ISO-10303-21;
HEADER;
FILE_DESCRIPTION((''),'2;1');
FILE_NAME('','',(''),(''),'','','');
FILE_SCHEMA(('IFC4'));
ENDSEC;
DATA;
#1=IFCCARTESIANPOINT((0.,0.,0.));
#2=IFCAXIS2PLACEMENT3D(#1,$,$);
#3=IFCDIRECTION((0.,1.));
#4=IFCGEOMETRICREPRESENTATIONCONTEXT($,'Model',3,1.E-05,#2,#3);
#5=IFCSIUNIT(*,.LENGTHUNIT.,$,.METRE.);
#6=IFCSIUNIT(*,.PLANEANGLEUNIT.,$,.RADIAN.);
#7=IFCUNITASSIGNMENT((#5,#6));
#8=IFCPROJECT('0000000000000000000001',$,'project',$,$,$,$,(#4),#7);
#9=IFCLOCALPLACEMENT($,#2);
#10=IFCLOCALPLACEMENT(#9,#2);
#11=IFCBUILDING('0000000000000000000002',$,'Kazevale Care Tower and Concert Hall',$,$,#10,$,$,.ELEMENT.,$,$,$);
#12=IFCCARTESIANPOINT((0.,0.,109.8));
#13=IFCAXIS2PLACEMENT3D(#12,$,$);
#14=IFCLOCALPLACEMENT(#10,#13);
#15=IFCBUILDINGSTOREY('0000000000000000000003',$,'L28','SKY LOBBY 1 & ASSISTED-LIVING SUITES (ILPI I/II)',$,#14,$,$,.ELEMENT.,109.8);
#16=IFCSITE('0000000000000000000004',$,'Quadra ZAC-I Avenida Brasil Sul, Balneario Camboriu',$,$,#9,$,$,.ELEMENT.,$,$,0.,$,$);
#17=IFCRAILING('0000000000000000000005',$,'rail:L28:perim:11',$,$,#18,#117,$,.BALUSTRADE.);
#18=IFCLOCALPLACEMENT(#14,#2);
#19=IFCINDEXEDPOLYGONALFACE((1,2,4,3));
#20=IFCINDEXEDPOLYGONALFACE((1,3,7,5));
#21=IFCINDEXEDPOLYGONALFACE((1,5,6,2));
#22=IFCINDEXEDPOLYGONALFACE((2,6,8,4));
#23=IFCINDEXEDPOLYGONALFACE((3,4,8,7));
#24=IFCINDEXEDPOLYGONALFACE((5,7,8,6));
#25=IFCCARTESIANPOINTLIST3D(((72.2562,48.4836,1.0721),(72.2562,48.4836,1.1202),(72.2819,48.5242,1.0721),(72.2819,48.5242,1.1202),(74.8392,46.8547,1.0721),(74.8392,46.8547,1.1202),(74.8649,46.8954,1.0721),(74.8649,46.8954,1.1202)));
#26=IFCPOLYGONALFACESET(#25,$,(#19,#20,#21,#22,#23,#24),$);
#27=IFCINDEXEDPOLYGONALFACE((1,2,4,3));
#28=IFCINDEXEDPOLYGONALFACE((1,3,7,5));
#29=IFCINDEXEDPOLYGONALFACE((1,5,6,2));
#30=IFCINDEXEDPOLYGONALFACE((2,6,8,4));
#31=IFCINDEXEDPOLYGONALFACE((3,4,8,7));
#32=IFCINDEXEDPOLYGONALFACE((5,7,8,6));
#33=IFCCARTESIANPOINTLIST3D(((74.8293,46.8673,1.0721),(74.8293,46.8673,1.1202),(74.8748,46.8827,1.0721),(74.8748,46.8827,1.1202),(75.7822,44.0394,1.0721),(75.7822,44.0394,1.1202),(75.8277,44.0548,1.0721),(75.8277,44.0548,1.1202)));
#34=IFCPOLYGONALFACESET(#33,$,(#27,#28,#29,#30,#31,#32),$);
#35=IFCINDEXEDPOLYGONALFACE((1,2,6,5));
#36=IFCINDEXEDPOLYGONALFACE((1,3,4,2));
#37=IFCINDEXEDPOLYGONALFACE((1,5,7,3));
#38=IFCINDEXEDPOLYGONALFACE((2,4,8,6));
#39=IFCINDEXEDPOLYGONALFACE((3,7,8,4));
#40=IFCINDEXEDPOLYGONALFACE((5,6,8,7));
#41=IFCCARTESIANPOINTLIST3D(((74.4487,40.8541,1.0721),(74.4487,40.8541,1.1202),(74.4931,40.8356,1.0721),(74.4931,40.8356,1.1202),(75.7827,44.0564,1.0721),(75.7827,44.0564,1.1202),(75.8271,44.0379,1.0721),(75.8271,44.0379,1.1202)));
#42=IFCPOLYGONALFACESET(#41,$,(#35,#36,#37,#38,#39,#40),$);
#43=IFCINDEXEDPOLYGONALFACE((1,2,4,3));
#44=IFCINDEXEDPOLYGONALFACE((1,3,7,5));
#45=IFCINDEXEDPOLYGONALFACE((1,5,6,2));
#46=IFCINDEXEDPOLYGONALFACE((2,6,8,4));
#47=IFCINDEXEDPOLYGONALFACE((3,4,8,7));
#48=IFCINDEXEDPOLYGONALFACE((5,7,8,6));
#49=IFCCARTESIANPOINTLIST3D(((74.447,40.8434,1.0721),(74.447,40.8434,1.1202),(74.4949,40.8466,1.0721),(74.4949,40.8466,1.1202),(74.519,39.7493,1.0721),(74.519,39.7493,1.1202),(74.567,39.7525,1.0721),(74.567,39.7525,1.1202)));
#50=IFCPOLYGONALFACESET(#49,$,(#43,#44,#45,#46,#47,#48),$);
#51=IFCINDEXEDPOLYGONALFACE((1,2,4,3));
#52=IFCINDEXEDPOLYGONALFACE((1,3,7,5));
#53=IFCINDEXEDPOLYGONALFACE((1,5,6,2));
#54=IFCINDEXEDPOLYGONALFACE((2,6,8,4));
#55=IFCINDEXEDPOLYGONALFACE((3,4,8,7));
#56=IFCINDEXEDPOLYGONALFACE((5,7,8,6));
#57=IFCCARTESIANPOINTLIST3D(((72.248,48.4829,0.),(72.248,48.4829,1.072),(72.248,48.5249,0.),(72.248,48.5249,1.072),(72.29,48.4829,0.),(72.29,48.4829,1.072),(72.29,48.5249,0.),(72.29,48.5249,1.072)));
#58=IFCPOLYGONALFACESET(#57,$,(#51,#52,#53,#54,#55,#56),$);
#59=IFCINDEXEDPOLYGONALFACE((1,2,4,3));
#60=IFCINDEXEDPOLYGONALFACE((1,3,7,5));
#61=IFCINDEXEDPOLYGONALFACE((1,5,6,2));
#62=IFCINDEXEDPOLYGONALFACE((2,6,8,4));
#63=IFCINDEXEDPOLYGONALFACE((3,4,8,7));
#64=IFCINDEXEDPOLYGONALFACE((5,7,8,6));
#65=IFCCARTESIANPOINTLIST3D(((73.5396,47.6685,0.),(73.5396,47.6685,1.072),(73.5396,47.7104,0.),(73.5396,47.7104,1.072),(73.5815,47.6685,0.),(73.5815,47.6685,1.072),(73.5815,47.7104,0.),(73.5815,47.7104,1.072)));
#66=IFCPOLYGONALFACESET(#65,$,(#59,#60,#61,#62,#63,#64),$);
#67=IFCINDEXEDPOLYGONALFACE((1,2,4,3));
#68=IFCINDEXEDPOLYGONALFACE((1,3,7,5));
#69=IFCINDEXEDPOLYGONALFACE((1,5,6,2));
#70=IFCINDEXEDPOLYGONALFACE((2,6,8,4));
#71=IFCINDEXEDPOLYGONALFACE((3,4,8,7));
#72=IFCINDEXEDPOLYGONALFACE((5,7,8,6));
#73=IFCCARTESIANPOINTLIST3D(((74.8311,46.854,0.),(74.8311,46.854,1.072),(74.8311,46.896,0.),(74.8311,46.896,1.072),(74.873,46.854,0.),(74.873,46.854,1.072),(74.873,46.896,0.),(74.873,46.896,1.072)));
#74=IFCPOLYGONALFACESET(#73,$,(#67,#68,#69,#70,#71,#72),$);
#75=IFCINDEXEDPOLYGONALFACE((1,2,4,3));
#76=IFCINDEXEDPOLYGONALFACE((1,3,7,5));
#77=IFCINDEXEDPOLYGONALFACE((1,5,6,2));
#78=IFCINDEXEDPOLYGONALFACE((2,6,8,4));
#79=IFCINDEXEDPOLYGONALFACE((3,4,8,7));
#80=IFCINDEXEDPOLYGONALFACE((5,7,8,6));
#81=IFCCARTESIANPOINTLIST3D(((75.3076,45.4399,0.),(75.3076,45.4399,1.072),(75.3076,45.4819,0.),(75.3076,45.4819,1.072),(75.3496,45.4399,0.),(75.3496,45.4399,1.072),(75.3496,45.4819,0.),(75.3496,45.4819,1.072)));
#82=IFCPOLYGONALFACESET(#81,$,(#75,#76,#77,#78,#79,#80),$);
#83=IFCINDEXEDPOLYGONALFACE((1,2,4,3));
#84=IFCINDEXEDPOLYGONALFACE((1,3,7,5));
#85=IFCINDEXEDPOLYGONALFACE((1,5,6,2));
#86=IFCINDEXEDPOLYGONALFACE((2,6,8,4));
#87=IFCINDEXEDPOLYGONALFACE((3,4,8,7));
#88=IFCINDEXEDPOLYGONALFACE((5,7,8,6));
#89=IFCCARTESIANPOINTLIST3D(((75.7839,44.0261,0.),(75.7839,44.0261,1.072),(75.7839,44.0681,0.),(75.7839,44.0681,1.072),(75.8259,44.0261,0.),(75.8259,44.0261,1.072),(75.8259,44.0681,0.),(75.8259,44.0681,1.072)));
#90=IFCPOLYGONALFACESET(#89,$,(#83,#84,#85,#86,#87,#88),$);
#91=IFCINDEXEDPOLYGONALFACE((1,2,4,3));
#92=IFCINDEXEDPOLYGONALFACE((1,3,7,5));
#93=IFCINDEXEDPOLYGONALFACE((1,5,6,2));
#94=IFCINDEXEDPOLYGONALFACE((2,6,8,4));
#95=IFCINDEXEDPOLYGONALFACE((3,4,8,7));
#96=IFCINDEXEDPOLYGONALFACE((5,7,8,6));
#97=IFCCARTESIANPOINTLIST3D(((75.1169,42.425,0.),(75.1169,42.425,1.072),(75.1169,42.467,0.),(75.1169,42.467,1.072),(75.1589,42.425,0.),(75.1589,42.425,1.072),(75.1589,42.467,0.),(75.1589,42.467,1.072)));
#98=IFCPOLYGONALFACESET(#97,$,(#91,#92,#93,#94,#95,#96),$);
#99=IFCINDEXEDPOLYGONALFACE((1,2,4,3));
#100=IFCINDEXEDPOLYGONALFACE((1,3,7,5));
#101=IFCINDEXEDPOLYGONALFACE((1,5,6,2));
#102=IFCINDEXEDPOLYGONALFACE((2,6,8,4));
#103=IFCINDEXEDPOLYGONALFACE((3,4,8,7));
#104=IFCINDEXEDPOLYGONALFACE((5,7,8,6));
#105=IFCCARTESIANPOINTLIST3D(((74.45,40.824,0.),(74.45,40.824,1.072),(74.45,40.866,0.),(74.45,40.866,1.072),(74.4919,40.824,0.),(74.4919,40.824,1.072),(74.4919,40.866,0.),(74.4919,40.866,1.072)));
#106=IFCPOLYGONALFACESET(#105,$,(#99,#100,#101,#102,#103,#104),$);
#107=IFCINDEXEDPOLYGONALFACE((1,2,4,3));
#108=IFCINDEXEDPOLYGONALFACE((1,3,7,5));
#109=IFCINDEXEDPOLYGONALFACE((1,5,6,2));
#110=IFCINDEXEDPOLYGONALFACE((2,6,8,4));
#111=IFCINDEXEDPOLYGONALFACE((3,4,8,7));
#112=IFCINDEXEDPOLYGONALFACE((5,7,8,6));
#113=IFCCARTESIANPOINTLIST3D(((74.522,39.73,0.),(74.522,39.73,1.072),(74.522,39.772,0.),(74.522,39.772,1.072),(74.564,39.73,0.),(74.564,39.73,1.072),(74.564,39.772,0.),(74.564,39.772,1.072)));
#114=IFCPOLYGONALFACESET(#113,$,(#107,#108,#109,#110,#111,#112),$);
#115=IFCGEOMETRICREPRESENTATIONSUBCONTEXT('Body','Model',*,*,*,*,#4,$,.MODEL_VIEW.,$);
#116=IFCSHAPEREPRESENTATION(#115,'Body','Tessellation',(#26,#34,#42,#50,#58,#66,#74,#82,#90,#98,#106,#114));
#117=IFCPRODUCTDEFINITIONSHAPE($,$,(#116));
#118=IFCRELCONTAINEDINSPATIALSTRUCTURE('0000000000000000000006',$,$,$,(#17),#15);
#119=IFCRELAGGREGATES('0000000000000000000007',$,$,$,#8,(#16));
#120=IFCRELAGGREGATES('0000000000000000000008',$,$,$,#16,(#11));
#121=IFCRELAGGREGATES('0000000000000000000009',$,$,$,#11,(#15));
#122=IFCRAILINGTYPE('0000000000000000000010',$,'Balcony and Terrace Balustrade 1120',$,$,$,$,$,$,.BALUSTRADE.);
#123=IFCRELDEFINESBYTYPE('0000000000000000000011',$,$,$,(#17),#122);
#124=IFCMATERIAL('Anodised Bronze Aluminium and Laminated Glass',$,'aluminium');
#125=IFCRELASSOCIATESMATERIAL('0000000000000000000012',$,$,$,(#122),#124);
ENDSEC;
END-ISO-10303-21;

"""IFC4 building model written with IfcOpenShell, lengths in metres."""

from ifc_helpers import new_model, si_unit, direction, frame, origin, origin_2d, place, context, subcontext, project, spatial, rectangle, extrude, material, type_object, element, save


model = new_model("IFC4")

# Units and contexts
model_context = context("Model", 3, precision=1e-05, world=origin(), true_north=direction((0.0, 1.0)))
body_context = subcontext(model_context, "Body", "Model", "MODEL_VIEW")
ifc_project = project(units=[si_unit("LENGTHUNIT", "METRE"), si_unit("PLANEANGLEUNIT", "RADIAN")], contexts=[model_context])

# Site, building, storey
site_placement = place(None, origin())
site = spatial("IfcSite", under=ifc_project, at=site_placement, Name="Quadra ZAC-I Avenida Brasil Sul, Balneario Camboriu", CompositionType="ELEMENT", RefElevation=0.0)
building_placement = place(site_placement, origin())
building = spatial("IfcBuilding", under=site, at=building_placement, Name="Kazevale Care Tower and Concert Hall", CompositionType="ELEMENT")
storey_placement = place(building_placement, frame((0.0, 0.0, 109.8)))
storey = spatial("IfcBuildingStorey", under=building, at=storey_placement, Name="L28", Description="SKY LOBBY 1 & ASSISTED-LIVING SUITES (ILPI I/II)", CompositionType="ELEMENT", Elevation=109.8)

# Railing
ifc_material_1 = material(Name="Anodised Bronze Aluminium and Laminated Glass", Category="aluminium")
railing_type = type_object("IfcRailingType", Name="Balcony and Terrace Balustrade 1120", PredefinedType="BALUSTRADE", material=ifc_material_1)
railing_1_placement = place(storey_placement, frame((72.269, 48.5039, 0.0)))
element("IfcRailing", 1, at=railing_1_placement, inside=storey, type_object=railing_type, Name="rail:L28:perim:11", PredefinedType="BALUSTRADE", context=body_context, shape_type="SweptSolid", body=[
    extrude(rectangle(XDim=0.0481, YDim=0.0481, at=origin_2d()), frame((0.0, 0.0, 1.0962), z_axis=(0.845853, -0.533415, 0.0), x_axis=(0.533415, 0.845853, 0.0)), (0.0, 0.0, 1.0), 3.0537),
    extrude(rectangle(XDim=0.0481, YDim=0.0481, at=origin_2d()), frame((2.583, -1.6289, 1.0962), z_axis=(0.319319, -0.947647, 0.0), x_axis=(0.947647, 0.319319, 0.0)), (0.0, 0.0, 1.0), 2.9841),
    extrude(rectangle(XDim=0.0481, YDim=0.0481, at=origin_2d()), frame((3.5359, -4.4568, 1.0962), z_axis=(-0.384555, -0.923102, 0.0), x_axis=(0.923102, -0.384555, 0.0)), (0.0, 0.0, 1.0), 3.469),
    extrude(rectangle(XDim=0.0481, YDim=0.0481, at=origin_2d()), frame((2.2019, -7.6589, 1.0962), z_axis=(0.065691, -0.99784, 0.0), x_axis=(0.99784, 0.065691, 0.0)), (0.0, 0.0, 1.0), 1.0964),
    extrude(rectangle(XDim=0.042, YDim=0.042, at=origin_2d()), origin(), (0.0, 0.0, 1.0), 1.072),
    extrude(rectangle(XDim=0.042, YDim=0.042, at=origin_2d()), frame((1.2915, -0.8145, 0.0)), (0.0, 0.0, 1.0), 1.072),
    extrude(rectangle(XDim=0.042, YDim=0.042, at=origin_2d()), frame((2.583, -1.6289, 0.0)), (0.0, 0.0, 1.0), 1.072),
    extrude(rectangle(XDim=0.042, YDim=0.042, at=origin_2d()), frame((3.0596, -3.043, 0.0)), (0.0, 0.0, 1.0), 1.072),
    extrude(rectangle(XDim=0.042, YDim=0.042, at=origin_2d()), frame((3.5359, -4.4568, 0.0)), (0.0, 0.0, 1.0), 1.072),
    extrude(rectangle(XDim=0.042, YDim=0.042, at=origin_2d()), frame((2.8689, -6.0579, 0.0)), (0.0, 0.0, 1.0), 1.072),
    extrude(rectangle(XDim=0.042, YDim=0.042, at=origin_2d()), frame((2.2019, -7.6589, 0.0)), (0.0, 0.0, 1.0), 1.072),
    extrude(rectangle(XDim=0.042, YDim=0.042, at=origin_2d()), frame((2.2739, -8.7529, 0.0)), (0.0, 0.0, 1.0), 1.072),
])

save(model, "model.ifc")
